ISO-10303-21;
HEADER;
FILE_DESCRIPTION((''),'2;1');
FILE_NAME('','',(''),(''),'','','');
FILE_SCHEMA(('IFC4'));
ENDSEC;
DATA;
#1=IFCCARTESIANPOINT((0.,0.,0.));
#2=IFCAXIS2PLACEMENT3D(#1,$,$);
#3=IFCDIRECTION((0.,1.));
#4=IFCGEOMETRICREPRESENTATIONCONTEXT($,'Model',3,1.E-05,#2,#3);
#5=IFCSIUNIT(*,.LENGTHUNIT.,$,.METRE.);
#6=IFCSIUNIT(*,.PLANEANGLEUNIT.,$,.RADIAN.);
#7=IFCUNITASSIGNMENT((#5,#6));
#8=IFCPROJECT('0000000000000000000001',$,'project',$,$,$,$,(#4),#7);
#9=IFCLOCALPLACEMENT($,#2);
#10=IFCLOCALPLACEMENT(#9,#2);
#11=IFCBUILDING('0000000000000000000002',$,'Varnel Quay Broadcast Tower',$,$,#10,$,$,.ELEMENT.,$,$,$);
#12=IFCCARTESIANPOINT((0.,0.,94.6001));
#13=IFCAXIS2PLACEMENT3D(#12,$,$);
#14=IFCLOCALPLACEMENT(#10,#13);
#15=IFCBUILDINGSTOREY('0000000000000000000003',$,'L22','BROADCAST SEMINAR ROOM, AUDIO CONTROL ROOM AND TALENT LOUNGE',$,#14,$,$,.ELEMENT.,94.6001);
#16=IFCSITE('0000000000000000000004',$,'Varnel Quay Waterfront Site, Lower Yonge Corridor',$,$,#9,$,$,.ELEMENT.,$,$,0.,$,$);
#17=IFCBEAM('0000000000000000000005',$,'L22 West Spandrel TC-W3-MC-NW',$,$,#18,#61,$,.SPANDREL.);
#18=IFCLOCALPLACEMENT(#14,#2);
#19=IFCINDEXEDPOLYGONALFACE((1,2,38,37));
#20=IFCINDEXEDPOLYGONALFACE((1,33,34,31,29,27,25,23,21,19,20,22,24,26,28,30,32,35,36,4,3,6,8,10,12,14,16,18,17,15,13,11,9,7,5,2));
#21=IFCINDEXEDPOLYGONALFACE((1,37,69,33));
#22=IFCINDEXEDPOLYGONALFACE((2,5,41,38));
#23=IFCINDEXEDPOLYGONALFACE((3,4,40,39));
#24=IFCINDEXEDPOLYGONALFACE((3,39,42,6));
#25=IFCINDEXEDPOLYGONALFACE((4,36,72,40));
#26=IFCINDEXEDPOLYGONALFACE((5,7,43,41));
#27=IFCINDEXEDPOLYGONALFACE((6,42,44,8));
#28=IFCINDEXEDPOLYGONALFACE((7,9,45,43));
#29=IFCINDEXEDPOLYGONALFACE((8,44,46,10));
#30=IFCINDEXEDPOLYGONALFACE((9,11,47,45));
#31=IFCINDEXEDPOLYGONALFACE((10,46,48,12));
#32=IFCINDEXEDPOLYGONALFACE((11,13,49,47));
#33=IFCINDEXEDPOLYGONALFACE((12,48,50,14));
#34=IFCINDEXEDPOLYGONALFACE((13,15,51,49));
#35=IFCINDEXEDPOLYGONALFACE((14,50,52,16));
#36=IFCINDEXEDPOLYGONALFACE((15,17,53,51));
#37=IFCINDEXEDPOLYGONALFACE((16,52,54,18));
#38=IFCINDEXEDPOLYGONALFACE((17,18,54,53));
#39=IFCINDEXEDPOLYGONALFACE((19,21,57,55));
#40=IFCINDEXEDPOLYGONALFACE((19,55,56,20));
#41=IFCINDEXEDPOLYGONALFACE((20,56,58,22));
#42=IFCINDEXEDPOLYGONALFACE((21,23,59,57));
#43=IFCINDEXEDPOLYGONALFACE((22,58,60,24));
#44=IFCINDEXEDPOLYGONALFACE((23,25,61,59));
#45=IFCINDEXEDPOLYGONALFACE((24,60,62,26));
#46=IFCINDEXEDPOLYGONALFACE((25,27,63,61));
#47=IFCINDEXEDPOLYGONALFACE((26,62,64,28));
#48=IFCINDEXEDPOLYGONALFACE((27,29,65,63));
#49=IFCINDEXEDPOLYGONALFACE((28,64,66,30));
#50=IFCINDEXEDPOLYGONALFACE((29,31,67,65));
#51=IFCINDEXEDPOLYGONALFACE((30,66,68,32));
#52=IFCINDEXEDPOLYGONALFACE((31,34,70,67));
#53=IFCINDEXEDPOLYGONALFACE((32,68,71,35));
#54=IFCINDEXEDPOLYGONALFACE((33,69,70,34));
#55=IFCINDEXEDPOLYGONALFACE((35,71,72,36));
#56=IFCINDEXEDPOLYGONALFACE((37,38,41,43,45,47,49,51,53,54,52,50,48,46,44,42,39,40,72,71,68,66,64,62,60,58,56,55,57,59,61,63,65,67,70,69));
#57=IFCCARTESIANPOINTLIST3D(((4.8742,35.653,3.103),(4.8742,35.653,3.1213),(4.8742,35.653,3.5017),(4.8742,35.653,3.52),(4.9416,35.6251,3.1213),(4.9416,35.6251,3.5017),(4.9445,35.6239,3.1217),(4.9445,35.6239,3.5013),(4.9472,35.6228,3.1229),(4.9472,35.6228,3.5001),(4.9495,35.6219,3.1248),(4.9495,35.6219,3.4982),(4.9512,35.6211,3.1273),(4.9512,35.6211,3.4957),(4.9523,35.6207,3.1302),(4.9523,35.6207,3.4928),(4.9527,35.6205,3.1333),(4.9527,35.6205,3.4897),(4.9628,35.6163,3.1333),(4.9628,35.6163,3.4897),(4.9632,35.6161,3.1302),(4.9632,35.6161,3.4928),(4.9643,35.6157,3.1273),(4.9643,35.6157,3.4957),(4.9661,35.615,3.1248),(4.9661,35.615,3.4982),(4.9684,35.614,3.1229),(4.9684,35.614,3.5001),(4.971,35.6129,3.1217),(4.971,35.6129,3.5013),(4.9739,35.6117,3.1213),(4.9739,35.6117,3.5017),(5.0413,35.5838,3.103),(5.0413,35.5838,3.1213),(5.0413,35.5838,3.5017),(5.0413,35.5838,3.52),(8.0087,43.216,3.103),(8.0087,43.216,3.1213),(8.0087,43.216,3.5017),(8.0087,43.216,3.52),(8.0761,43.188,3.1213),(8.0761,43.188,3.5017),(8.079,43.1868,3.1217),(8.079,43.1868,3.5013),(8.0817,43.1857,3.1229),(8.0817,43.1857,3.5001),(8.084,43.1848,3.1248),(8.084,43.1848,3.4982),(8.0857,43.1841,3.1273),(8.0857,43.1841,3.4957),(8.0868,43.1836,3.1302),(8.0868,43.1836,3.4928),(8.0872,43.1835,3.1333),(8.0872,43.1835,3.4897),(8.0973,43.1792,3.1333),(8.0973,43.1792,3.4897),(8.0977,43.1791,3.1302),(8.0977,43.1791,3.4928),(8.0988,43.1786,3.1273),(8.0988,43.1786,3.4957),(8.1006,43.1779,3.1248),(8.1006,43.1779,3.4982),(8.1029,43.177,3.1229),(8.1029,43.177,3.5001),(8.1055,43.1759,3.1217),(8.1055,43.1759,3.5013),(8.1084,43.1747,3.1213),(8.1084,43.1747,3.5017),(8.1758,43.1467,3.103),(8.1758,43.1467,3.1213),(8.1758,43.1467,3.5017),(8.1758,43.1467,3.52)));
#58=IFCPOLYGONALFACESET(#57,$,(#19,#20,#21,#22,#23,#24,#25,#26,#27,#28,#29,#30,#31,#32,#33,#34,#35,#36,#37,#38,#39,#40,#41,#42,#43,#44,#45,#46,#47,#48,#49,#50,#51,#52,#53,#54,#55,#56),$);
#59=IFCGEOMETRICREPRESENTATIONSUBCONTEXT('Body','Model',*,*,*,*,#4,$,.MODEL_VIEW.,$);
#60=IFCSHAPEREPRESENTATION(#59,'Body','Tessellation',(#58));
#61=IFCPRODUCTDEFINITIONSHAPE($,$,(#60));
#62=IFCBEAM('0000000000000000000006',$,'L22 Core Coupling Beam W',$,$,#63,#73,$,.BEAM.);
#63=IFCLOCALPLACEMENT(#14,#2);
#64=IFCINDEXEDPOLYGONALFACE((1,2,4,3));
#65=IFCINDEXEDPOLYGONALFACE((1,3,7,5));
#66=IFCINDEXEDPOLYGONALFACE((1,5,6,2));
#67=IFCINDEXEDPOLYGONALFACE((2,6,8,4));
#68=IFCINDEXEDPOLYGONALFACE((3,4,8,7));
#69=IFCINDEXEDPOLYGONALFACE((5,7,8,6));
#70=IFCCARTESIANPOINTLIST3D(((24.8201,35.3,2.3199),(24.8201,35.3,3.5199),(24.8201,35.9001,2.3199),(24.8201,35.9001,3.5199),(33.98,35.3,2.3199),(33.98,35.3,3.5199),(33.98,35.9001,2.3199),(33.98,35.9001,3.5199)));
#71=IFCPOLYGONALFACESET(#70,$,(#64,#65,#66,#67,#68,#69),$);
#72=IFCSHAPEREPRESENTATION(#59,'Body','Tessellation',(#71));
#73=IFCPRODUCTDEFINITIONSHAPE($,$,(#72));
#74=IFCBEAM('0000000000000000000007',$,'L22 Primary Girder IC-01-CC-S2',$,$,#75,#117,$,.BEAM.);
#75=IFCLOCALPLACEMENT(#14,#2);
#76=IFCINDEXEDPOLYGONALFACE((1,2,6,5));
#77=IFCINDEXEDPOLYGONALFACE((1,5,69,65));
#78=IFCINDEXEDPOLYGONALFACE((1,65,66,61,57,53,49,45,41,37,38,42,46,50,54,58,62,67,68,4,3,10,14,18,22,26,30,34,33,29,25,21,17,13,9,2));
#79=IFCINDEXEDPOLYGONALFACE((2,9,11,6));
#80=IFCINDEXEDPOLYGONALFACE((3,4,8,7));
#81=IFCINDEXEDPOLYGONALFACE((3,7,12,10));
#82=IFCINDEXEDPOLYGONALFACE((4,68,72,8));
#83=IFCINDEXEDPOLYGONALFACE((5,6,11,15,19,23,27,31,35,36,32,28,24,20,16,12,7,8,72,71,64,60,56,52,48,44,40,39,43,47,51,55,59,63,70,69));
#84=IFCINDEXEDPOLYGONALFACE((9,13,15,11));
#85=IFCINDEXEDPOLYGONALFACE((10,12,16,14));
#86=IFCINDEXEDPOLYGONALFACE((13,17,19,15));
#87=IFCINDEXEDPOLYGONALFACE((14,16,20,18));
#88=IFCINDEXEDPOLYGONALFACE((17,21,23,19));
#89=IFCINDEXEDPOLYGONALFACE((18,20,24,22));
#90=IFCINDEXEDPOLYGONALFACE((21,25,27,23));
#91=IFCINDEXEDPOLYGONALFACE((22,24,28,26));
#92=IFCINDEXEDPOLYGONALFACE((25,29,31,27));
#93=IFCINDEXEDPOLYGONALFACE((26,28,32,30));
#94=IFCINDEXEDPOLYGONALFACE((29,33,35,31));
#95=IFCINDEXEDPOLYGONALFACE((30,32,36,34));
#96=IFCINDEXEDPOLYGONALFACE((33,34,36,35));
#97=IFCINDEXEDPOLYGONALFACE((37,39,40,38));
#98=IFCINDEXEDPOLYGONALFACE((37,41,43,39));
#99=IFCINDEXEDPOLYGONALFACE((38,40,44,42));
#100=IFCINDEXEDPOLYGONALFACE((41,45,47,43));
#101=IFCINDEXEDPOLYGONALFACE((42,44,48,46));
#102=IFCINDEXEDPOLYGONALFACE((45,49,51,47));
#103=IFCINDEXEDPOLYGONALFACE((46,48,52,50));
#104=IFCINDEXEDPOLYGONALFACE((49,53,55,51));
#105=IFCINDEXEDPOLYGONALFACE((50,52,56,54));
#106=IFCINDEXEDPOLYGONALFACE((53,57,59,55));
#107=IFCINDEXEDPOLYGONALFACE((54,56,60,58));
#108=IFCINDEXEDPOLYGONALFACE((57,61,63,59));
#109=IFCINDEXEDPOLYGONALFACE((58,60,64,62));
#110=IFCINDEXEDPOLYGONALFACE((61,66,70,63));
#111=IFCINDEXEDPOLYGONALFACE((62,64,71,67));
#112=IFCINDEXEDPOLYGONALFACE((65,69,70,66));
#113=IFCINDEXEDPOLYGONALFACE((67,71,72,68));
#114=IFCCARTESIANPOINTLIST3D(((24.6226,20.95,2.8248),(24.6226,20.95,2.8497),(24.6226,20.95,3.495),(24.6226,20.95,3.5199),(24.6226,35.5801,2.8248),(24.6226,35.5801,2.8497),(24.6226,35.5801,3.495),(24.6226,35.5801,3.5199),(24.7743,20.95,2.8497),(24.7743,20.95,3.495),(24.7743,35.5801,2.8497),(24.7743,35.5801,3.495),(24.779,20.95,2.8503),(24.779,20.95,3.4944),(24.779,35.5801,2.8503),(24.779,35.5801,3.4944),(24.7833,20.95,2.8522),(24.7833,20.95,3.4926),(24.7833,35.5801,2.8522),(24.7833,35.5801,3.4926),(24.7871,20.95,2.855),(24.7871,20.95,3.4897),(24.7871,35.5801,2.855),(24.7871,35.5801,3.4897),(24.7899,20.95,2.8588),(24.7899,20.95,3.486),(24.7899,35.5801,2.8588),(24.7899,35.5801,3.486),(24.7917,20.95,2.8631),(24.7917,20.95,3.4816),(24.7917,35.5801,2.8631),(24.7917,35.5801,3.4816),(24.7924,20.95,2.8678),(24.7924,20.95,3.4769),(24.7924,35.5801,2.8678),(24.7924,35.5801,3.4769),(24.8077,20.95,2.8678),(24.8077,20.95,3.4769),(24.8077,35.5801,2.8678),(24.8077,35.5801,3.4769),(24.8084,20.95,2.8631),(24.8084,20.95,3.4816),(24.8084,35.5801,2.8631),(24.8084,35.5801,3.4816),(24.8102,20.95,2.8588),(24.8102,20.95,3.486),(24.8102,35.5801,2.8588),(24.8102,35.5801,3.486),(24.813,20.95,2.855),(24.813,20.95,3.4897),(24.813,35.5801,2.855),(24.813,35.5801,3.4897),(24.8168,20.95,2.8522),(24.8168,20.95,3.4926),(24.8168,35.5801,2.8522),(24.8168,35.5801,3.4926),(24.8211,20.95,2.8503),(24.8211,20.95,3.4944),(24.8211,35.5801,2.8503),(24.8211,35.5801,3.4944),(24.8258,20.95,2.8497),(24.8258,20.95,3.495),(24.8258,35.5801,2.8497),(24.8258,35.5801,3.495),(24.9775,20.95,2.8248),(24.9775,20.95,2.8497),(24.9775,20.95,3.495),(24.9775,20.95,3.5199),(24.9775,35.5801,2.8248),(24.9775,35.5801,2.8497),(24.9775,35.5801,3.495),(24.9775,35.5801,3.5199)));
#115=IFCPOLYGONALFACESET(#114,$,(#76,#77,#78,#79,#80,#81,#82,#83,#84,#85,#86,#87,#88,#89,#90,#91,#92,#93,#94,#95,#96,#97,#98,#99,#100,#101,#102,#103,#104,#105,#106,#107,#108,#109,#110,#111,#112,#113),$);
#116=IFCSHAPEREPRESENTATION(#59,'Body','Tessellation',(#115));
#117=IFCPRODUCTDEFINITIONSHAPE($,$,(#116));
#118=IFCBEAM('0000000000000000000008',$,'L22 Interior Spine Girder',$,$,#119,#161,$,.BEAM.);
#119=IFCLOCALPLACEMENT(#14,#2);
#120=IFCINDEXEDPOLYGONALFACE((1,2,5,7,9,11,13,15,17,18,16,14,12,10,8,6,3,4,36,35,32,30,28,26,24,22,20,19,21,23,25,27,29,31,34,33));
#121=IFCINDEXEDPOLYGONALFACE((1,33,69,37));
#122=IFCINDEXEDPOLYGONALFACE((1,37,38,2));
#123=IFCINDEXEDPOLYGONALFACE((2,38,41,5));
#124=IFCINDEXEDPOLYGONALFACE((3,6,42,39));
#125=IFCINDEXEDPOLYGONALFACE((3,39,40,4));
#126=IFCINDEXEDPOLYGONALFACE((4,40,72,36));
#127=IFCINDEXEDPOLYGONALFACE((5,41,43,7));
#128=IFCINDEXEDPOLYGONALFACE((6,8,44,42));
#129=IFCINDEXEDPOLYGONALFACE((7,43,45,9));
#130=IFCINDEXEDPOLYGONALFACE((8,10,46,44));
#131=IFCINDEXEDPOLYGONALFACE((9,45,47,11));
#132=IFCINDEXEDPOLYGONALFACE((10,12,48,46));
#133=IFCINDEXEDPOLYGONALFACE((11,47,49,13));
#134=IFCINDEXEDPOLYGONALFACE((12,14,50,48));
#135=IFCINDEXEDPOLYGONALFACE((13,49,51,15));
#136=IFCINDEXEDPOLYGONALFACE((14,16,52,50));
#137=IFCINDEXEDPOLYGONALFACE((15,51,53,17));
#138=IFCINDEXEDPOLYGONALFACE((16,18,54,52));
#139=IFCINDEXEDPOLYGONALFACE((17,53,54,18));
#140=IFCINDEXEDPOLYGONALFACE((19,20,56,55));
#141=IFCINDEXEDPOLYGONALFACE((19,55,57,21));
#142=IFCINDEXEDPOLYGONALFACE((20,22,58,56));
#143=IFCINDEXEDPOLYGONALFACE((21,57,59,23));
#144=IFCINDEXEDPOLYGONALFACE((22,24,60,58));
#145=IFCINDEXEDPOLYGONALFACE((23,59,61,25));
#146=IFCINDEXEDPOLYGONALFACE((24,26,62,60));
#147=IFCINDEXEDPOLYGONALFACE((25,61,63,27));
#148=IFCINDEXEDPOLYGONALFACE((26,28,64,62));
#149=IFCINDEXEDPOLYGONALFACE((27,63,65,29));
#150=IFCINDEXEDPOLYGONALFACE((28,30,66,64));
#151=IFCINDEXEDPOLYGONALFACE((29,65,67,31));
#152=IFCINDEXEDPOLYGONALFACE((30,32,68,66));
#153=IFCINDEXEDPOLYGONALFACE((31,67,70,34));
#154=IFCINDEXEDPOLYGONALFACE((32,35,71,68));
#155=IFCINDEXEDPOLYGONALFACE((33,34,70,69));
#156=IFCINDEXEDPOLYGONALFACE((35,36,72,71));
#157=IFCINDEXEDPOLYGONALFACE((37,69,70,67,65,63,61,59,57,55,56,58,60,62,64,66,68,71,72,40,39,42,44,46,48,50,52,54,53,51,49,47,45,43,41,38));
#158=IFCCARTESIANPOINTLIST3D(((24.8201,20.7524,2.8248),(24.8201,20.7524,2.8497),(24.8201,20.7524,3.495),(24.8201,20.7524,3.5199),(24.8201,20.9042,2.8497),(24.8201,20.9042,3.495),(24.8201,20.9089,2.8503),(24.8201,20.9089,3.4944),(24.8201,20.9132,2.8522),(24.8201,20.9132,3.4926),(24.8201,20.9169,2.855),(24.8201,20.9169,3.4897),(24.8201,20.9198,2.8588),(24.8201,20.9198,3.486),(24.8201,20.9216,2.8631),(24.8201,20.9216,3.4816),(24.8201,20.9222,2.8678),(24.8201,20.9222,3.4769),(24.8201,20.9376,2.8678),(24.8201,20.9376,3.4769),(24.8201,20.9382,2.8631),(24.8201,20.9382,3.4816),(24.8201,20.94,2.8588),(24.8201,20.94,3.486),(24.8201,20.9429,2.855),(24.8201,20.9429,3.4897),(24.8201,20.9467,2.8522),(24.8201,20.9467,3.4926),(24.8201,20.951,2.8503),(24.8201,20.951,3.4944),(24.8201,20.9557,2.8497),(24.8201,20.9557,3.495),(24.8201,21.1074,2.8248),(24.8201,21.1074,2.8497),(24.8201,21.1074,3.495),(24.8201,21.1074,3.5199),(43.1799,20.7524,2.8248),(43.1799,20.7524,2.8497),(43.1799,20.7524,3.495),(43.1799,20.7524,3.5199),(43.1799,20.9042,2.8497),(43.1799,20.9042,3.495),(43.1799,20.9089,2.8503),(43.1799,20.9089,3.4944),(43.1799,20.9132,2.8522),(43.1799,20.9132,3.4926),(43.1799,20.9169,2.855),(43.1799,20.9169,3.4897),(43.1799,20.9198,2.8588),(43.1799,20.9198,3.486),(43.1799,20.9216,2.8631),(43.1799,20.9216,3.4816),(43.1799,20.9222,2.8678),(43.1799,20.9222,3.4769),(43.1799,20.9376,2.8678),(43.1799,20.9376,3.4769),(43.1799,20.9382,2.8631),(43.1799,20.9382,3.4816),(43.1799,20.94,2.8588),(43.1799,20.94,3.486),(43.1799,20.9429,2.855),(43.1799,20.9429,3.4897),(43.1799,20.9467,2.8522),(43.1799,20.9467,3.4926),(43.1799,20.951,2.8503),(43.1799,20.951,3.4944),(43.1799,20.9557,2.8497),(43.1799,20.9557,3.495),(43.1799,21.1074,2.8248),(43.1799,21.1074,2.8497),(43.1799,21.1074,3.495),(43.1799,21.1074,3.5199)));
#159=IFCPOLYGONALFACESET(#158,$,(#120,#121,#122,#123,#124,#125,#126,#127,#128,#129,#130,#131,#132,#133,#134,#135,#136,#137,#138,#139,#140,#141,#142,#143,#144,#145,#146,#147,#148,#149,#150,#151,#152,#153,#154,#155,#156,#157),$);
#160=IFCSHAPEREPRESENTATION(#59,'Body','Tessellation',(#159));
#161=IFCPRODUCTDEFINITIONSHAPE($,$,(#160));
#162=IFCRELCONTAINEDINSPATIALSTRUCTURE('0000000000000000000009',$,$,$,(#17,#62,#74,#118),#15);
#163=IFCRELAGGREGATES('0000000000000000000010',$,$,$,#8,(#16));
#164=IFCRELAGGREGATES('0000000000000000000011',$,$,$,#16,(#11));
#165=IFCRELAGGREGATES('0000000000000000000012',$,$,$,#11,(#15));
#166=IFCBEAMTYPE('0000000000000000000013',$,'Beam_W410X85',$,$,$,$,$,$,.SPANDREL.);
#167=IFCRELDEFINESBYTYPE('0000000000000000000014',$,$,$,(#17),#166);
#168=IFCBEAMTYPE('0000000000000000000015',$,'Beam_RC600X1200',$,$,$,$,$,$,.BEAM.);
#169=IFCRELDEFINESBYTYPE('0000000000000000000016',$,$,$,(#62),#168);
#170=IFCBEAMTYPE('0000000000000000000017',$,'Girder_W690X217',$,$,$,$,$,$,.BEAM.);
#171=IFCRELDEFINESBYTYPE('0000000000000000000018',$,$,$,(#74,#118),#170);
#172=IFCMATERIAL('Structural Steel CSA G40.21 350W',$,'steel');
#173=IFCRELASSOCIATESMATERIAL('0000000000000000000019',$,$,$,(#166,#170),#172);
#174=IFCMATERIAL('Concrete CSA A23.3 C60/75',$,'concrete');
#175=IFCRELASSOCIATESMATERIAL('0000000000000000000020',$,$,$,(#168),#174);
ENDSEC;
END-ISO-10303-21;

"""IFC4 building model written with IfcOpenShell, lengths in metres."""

from ifc_helpers import new_model, si_unit, direction, frame, origin, origin_2d, place, context, subcontext, project, spatial, rectangle, i_section, extrude, source, transform, mapped, material, material_profile, profile_set, type_object, type_shapes, element, save


model = new_model("IFC4")

# Units and contexts
model_context = context("Model", 3, precision=1e-05, world=origin(), true_north=direction((0.0, 1.0)))
body_context = subcontext(model_context, "Body", "Model", "MODEL_VIEW")
ifc_project = project(units=[si_unit("LENGTHUNIT", "METRE"), si_unit("PLANEANGLEUNIT", "RADIAN")], contexts=[model_context])

# Site, building, storey
site_placement = place(None, origin())
site = spatial("IfcSite", under=ifc_project, at=site_placement, Name="Varnel Quay Waterfront Site, Lower Yonge Corridor", CompositionType="ELEMENT", RefElevation=0.0)
building_placement = place(site_placement, origin())
building = spatial("IfcBuilding", under=site, at=building_placement, Name="Varnel Quay Broadcast Tower", CompositionType="ELEMENT")
storey_placement = place(building_placement, frame((0.0, 0.0, 94.6001)))
storey = spatial("IfcBuildingStorey", under=building, at=storey_placement, Name="L22", Description="BROADCAST SEMINAR ROOM, AUDIO CONTROL ROOM AND TALENT LOUNGE", CompositionType="ELEMENT", Elevation=94.6001)

# Shared definitions
ifc_material_1 = material(Name="Structural Steel CSA G40.21 350W", Category="steel")

# Beams
ifc_material_profile_1 = material_profile(ifc_material_1, i_section(OverallWidth=0.1809, OverallDepth=0.417, WebThickness=0.011, FlangeThickness=0.0183, FilletRadius=0.012, at=origin_2d()), Name="W410X85")
ifc_profile_set_1 = profile_set([ifc_material_profile_1], Name="Structural Steel CSA G40.21 350W")
beam_type_1 = type_object("IfcBeamType", Name="Beam_W410X85", PredefinedType="SPANDREL", material=ifc_profile_set_1)
shared_shape_1 = source(origin(), body_context, "Body", "SweptSolid", [
    extrude(i_section(OverallWidth=0.1809, OverallDepth=0.417, WebThickness=0.011, FlangeThickness=0.0183, FilletRadius=0.012, at=origin_2d()), origin(), (0.0, 0.0, 1.0), 8.1868),
])
beam_1_placement = place(storey_placement, frame((4.9578, 35.6184, 3.3115), z_axis=(0.382874, 0.923801, 0.0), x_axis=(-0.923801, 0.382874, 0.0)))
element("IfcBeam", 1, at=beam_1_placement, inside=storey, type_object=beam_type_1, Name="L22 West Spandrel TC-W3-MC-NW", PredefinedType="SPANDREL", context=body_context, shape_type="MappedRepresentation", body=[
    mapped(shared_shape_1, transform((0.0, 0.0, 0.0), x_axis=(1.0, 0.0, 0.0), y_axis=(0.0, 1.0, 0.0), z_axis=(0.0, 0.0, 1.0), scale=1.0)),
])
ifc_material_2 = material(Name="Concrete CSA A23.3 C60/75", Category="concrete")
ifc_material_profile_2 = material_profile(ifc_material_2, rectangle(XDim=0.6001, YDim=1.2, at=origin_2d()), Name="RC600X1200")
ifc_profile_set_2 = profile_set([ifc_material_profile_2], Name="Concrete CSA A23.3 C60/75")
beam_type_2 = type_object("IfcBeamType", Name="Beam_RC600X1200", PredefinedType="BEAM", material=ifc_profile_set_2)
shared_shape_2 = source(origin(), body_context, "Body", "SweptSolid", [
    extrude(rectangle(XDim=0.6001, YDim=1.2, at=origin_2d()), origin(), (0.0, 0.0, 1.0), 9.1599),
])
type_shapes(beam_type_2, [shared_shape_2])
beam_2_placement = place(storey_placement, frame((24.8201, 35.6001, 2.9199), z_axis=(1.0, 0.0, 0.0), x_axis=(0.0, 1.0, 0.0)))
element("IfcBeam", 2, at=beam_2_placement, inside=storey, type_object=beam_type_2, Name="L22 Core Coupling Beam W", PredefinedType="BEAM", context=body_context, shape_type="MappedRepresentation", body=[
    mapped(shared_shape_2, transform((0.0, 0.0, 0.0), x_axis=(1.0, 0.0, 0.0), y_axis=(0.0, 1.0, 0.0), z_axis=(0.0, 0.0, 1.0), scale=1.0)),
])
ifc_material_profile_3 = material_profile(ifc_material_1, i_section(OverallWidth=0.355, OverallDepth=0.6951, WebThickness=0.0154, FlangeThickness=0.0249, FilletRadius=0.0181, at=origin_2d()), Name="W690X217")
ifc_profile_set_3 = profile_set([ifc_material_profile_3], Name="Structural Steel CSA G40.21 350W")
beam_type_3 = type_object("IfcBeamType", Name="Girder_W690X217", PredefinedType="BEAM", material=ifc_profile_set_3)
shared_shape_3 = source(origin(), body_context, "Body", "SweptSolid", [
    extrude(i_section(OverallWidth=0.355, OverallDepth=0.6951, WebThickness=0.0154, FlangeThickness=0.0249, FilletRadius=0.0181, at=origin_2d()), origin(), (0.0, 0.0, 1.0), 14.6301),
])
beam_3_placement = place(storey_placement, frame((24.8, 20.95, 3.1724), z_axis=(0.0, 1.0, 0.0), x_axis=(-1.0, 0.0, 0.0)))
element("IfcBeam", 3, at=beam_3_placement, inside=storey, type_object=beam_type_3, Name="L22 Primary Girder IC-01-CC-S2", PredefinedType="BEAM", context=body_context, shape_type="MappedRepresentation", body=[
    mapped(shared_shape_3, transform((0.0, 0.0, 0.0), x_axis=(1.0, 0.0, 0.0), y_axis=(0.0, 1.0, 0.0), z_axis=(0.0, 0.0, 1.0), scale=1.0)),
])
shared_shape_4 = source(origin(), body_context, "Body", "SweptSolid", [
    extrude(i_section(OverallWidth=0.355, OverallDepth=0.6951, WebThickness=0.0154, FlangeThickness=0.0249, FilletRadius=0.0181, at=origin_2d()), origin(), (0.0, 0.0, 1.0), 18.3599),
])
type_shapes(beam_type_3, [shared_shape_3, shared_shape_4])
beam_4_placement = place(storey_placement, frame((24.8201, 20.9299, 3.1724), z_axis=(1.0, 0.0, 0.0), x_axis=(0.0, 1.0, 0.0)))
element("IfcBeam", 4, at=beam_4_placement, inside=storey, type_object=beam_type_3, Name="L22 Interior Spine Girder", PredefinedType="BEAM", context=body_context, shape_type="MappedRepresentation", body=[
    mapped(shared_shape_4, transform((0.0, 0.0, 0.0), x_axis=(1.0, 0.0, 0.0), y_axis=(0.0, 1.0, 0.0), z_axis=(0.0, 0.0, 1.0), scale=1.0)),
])

save(model, "model.ifc")
